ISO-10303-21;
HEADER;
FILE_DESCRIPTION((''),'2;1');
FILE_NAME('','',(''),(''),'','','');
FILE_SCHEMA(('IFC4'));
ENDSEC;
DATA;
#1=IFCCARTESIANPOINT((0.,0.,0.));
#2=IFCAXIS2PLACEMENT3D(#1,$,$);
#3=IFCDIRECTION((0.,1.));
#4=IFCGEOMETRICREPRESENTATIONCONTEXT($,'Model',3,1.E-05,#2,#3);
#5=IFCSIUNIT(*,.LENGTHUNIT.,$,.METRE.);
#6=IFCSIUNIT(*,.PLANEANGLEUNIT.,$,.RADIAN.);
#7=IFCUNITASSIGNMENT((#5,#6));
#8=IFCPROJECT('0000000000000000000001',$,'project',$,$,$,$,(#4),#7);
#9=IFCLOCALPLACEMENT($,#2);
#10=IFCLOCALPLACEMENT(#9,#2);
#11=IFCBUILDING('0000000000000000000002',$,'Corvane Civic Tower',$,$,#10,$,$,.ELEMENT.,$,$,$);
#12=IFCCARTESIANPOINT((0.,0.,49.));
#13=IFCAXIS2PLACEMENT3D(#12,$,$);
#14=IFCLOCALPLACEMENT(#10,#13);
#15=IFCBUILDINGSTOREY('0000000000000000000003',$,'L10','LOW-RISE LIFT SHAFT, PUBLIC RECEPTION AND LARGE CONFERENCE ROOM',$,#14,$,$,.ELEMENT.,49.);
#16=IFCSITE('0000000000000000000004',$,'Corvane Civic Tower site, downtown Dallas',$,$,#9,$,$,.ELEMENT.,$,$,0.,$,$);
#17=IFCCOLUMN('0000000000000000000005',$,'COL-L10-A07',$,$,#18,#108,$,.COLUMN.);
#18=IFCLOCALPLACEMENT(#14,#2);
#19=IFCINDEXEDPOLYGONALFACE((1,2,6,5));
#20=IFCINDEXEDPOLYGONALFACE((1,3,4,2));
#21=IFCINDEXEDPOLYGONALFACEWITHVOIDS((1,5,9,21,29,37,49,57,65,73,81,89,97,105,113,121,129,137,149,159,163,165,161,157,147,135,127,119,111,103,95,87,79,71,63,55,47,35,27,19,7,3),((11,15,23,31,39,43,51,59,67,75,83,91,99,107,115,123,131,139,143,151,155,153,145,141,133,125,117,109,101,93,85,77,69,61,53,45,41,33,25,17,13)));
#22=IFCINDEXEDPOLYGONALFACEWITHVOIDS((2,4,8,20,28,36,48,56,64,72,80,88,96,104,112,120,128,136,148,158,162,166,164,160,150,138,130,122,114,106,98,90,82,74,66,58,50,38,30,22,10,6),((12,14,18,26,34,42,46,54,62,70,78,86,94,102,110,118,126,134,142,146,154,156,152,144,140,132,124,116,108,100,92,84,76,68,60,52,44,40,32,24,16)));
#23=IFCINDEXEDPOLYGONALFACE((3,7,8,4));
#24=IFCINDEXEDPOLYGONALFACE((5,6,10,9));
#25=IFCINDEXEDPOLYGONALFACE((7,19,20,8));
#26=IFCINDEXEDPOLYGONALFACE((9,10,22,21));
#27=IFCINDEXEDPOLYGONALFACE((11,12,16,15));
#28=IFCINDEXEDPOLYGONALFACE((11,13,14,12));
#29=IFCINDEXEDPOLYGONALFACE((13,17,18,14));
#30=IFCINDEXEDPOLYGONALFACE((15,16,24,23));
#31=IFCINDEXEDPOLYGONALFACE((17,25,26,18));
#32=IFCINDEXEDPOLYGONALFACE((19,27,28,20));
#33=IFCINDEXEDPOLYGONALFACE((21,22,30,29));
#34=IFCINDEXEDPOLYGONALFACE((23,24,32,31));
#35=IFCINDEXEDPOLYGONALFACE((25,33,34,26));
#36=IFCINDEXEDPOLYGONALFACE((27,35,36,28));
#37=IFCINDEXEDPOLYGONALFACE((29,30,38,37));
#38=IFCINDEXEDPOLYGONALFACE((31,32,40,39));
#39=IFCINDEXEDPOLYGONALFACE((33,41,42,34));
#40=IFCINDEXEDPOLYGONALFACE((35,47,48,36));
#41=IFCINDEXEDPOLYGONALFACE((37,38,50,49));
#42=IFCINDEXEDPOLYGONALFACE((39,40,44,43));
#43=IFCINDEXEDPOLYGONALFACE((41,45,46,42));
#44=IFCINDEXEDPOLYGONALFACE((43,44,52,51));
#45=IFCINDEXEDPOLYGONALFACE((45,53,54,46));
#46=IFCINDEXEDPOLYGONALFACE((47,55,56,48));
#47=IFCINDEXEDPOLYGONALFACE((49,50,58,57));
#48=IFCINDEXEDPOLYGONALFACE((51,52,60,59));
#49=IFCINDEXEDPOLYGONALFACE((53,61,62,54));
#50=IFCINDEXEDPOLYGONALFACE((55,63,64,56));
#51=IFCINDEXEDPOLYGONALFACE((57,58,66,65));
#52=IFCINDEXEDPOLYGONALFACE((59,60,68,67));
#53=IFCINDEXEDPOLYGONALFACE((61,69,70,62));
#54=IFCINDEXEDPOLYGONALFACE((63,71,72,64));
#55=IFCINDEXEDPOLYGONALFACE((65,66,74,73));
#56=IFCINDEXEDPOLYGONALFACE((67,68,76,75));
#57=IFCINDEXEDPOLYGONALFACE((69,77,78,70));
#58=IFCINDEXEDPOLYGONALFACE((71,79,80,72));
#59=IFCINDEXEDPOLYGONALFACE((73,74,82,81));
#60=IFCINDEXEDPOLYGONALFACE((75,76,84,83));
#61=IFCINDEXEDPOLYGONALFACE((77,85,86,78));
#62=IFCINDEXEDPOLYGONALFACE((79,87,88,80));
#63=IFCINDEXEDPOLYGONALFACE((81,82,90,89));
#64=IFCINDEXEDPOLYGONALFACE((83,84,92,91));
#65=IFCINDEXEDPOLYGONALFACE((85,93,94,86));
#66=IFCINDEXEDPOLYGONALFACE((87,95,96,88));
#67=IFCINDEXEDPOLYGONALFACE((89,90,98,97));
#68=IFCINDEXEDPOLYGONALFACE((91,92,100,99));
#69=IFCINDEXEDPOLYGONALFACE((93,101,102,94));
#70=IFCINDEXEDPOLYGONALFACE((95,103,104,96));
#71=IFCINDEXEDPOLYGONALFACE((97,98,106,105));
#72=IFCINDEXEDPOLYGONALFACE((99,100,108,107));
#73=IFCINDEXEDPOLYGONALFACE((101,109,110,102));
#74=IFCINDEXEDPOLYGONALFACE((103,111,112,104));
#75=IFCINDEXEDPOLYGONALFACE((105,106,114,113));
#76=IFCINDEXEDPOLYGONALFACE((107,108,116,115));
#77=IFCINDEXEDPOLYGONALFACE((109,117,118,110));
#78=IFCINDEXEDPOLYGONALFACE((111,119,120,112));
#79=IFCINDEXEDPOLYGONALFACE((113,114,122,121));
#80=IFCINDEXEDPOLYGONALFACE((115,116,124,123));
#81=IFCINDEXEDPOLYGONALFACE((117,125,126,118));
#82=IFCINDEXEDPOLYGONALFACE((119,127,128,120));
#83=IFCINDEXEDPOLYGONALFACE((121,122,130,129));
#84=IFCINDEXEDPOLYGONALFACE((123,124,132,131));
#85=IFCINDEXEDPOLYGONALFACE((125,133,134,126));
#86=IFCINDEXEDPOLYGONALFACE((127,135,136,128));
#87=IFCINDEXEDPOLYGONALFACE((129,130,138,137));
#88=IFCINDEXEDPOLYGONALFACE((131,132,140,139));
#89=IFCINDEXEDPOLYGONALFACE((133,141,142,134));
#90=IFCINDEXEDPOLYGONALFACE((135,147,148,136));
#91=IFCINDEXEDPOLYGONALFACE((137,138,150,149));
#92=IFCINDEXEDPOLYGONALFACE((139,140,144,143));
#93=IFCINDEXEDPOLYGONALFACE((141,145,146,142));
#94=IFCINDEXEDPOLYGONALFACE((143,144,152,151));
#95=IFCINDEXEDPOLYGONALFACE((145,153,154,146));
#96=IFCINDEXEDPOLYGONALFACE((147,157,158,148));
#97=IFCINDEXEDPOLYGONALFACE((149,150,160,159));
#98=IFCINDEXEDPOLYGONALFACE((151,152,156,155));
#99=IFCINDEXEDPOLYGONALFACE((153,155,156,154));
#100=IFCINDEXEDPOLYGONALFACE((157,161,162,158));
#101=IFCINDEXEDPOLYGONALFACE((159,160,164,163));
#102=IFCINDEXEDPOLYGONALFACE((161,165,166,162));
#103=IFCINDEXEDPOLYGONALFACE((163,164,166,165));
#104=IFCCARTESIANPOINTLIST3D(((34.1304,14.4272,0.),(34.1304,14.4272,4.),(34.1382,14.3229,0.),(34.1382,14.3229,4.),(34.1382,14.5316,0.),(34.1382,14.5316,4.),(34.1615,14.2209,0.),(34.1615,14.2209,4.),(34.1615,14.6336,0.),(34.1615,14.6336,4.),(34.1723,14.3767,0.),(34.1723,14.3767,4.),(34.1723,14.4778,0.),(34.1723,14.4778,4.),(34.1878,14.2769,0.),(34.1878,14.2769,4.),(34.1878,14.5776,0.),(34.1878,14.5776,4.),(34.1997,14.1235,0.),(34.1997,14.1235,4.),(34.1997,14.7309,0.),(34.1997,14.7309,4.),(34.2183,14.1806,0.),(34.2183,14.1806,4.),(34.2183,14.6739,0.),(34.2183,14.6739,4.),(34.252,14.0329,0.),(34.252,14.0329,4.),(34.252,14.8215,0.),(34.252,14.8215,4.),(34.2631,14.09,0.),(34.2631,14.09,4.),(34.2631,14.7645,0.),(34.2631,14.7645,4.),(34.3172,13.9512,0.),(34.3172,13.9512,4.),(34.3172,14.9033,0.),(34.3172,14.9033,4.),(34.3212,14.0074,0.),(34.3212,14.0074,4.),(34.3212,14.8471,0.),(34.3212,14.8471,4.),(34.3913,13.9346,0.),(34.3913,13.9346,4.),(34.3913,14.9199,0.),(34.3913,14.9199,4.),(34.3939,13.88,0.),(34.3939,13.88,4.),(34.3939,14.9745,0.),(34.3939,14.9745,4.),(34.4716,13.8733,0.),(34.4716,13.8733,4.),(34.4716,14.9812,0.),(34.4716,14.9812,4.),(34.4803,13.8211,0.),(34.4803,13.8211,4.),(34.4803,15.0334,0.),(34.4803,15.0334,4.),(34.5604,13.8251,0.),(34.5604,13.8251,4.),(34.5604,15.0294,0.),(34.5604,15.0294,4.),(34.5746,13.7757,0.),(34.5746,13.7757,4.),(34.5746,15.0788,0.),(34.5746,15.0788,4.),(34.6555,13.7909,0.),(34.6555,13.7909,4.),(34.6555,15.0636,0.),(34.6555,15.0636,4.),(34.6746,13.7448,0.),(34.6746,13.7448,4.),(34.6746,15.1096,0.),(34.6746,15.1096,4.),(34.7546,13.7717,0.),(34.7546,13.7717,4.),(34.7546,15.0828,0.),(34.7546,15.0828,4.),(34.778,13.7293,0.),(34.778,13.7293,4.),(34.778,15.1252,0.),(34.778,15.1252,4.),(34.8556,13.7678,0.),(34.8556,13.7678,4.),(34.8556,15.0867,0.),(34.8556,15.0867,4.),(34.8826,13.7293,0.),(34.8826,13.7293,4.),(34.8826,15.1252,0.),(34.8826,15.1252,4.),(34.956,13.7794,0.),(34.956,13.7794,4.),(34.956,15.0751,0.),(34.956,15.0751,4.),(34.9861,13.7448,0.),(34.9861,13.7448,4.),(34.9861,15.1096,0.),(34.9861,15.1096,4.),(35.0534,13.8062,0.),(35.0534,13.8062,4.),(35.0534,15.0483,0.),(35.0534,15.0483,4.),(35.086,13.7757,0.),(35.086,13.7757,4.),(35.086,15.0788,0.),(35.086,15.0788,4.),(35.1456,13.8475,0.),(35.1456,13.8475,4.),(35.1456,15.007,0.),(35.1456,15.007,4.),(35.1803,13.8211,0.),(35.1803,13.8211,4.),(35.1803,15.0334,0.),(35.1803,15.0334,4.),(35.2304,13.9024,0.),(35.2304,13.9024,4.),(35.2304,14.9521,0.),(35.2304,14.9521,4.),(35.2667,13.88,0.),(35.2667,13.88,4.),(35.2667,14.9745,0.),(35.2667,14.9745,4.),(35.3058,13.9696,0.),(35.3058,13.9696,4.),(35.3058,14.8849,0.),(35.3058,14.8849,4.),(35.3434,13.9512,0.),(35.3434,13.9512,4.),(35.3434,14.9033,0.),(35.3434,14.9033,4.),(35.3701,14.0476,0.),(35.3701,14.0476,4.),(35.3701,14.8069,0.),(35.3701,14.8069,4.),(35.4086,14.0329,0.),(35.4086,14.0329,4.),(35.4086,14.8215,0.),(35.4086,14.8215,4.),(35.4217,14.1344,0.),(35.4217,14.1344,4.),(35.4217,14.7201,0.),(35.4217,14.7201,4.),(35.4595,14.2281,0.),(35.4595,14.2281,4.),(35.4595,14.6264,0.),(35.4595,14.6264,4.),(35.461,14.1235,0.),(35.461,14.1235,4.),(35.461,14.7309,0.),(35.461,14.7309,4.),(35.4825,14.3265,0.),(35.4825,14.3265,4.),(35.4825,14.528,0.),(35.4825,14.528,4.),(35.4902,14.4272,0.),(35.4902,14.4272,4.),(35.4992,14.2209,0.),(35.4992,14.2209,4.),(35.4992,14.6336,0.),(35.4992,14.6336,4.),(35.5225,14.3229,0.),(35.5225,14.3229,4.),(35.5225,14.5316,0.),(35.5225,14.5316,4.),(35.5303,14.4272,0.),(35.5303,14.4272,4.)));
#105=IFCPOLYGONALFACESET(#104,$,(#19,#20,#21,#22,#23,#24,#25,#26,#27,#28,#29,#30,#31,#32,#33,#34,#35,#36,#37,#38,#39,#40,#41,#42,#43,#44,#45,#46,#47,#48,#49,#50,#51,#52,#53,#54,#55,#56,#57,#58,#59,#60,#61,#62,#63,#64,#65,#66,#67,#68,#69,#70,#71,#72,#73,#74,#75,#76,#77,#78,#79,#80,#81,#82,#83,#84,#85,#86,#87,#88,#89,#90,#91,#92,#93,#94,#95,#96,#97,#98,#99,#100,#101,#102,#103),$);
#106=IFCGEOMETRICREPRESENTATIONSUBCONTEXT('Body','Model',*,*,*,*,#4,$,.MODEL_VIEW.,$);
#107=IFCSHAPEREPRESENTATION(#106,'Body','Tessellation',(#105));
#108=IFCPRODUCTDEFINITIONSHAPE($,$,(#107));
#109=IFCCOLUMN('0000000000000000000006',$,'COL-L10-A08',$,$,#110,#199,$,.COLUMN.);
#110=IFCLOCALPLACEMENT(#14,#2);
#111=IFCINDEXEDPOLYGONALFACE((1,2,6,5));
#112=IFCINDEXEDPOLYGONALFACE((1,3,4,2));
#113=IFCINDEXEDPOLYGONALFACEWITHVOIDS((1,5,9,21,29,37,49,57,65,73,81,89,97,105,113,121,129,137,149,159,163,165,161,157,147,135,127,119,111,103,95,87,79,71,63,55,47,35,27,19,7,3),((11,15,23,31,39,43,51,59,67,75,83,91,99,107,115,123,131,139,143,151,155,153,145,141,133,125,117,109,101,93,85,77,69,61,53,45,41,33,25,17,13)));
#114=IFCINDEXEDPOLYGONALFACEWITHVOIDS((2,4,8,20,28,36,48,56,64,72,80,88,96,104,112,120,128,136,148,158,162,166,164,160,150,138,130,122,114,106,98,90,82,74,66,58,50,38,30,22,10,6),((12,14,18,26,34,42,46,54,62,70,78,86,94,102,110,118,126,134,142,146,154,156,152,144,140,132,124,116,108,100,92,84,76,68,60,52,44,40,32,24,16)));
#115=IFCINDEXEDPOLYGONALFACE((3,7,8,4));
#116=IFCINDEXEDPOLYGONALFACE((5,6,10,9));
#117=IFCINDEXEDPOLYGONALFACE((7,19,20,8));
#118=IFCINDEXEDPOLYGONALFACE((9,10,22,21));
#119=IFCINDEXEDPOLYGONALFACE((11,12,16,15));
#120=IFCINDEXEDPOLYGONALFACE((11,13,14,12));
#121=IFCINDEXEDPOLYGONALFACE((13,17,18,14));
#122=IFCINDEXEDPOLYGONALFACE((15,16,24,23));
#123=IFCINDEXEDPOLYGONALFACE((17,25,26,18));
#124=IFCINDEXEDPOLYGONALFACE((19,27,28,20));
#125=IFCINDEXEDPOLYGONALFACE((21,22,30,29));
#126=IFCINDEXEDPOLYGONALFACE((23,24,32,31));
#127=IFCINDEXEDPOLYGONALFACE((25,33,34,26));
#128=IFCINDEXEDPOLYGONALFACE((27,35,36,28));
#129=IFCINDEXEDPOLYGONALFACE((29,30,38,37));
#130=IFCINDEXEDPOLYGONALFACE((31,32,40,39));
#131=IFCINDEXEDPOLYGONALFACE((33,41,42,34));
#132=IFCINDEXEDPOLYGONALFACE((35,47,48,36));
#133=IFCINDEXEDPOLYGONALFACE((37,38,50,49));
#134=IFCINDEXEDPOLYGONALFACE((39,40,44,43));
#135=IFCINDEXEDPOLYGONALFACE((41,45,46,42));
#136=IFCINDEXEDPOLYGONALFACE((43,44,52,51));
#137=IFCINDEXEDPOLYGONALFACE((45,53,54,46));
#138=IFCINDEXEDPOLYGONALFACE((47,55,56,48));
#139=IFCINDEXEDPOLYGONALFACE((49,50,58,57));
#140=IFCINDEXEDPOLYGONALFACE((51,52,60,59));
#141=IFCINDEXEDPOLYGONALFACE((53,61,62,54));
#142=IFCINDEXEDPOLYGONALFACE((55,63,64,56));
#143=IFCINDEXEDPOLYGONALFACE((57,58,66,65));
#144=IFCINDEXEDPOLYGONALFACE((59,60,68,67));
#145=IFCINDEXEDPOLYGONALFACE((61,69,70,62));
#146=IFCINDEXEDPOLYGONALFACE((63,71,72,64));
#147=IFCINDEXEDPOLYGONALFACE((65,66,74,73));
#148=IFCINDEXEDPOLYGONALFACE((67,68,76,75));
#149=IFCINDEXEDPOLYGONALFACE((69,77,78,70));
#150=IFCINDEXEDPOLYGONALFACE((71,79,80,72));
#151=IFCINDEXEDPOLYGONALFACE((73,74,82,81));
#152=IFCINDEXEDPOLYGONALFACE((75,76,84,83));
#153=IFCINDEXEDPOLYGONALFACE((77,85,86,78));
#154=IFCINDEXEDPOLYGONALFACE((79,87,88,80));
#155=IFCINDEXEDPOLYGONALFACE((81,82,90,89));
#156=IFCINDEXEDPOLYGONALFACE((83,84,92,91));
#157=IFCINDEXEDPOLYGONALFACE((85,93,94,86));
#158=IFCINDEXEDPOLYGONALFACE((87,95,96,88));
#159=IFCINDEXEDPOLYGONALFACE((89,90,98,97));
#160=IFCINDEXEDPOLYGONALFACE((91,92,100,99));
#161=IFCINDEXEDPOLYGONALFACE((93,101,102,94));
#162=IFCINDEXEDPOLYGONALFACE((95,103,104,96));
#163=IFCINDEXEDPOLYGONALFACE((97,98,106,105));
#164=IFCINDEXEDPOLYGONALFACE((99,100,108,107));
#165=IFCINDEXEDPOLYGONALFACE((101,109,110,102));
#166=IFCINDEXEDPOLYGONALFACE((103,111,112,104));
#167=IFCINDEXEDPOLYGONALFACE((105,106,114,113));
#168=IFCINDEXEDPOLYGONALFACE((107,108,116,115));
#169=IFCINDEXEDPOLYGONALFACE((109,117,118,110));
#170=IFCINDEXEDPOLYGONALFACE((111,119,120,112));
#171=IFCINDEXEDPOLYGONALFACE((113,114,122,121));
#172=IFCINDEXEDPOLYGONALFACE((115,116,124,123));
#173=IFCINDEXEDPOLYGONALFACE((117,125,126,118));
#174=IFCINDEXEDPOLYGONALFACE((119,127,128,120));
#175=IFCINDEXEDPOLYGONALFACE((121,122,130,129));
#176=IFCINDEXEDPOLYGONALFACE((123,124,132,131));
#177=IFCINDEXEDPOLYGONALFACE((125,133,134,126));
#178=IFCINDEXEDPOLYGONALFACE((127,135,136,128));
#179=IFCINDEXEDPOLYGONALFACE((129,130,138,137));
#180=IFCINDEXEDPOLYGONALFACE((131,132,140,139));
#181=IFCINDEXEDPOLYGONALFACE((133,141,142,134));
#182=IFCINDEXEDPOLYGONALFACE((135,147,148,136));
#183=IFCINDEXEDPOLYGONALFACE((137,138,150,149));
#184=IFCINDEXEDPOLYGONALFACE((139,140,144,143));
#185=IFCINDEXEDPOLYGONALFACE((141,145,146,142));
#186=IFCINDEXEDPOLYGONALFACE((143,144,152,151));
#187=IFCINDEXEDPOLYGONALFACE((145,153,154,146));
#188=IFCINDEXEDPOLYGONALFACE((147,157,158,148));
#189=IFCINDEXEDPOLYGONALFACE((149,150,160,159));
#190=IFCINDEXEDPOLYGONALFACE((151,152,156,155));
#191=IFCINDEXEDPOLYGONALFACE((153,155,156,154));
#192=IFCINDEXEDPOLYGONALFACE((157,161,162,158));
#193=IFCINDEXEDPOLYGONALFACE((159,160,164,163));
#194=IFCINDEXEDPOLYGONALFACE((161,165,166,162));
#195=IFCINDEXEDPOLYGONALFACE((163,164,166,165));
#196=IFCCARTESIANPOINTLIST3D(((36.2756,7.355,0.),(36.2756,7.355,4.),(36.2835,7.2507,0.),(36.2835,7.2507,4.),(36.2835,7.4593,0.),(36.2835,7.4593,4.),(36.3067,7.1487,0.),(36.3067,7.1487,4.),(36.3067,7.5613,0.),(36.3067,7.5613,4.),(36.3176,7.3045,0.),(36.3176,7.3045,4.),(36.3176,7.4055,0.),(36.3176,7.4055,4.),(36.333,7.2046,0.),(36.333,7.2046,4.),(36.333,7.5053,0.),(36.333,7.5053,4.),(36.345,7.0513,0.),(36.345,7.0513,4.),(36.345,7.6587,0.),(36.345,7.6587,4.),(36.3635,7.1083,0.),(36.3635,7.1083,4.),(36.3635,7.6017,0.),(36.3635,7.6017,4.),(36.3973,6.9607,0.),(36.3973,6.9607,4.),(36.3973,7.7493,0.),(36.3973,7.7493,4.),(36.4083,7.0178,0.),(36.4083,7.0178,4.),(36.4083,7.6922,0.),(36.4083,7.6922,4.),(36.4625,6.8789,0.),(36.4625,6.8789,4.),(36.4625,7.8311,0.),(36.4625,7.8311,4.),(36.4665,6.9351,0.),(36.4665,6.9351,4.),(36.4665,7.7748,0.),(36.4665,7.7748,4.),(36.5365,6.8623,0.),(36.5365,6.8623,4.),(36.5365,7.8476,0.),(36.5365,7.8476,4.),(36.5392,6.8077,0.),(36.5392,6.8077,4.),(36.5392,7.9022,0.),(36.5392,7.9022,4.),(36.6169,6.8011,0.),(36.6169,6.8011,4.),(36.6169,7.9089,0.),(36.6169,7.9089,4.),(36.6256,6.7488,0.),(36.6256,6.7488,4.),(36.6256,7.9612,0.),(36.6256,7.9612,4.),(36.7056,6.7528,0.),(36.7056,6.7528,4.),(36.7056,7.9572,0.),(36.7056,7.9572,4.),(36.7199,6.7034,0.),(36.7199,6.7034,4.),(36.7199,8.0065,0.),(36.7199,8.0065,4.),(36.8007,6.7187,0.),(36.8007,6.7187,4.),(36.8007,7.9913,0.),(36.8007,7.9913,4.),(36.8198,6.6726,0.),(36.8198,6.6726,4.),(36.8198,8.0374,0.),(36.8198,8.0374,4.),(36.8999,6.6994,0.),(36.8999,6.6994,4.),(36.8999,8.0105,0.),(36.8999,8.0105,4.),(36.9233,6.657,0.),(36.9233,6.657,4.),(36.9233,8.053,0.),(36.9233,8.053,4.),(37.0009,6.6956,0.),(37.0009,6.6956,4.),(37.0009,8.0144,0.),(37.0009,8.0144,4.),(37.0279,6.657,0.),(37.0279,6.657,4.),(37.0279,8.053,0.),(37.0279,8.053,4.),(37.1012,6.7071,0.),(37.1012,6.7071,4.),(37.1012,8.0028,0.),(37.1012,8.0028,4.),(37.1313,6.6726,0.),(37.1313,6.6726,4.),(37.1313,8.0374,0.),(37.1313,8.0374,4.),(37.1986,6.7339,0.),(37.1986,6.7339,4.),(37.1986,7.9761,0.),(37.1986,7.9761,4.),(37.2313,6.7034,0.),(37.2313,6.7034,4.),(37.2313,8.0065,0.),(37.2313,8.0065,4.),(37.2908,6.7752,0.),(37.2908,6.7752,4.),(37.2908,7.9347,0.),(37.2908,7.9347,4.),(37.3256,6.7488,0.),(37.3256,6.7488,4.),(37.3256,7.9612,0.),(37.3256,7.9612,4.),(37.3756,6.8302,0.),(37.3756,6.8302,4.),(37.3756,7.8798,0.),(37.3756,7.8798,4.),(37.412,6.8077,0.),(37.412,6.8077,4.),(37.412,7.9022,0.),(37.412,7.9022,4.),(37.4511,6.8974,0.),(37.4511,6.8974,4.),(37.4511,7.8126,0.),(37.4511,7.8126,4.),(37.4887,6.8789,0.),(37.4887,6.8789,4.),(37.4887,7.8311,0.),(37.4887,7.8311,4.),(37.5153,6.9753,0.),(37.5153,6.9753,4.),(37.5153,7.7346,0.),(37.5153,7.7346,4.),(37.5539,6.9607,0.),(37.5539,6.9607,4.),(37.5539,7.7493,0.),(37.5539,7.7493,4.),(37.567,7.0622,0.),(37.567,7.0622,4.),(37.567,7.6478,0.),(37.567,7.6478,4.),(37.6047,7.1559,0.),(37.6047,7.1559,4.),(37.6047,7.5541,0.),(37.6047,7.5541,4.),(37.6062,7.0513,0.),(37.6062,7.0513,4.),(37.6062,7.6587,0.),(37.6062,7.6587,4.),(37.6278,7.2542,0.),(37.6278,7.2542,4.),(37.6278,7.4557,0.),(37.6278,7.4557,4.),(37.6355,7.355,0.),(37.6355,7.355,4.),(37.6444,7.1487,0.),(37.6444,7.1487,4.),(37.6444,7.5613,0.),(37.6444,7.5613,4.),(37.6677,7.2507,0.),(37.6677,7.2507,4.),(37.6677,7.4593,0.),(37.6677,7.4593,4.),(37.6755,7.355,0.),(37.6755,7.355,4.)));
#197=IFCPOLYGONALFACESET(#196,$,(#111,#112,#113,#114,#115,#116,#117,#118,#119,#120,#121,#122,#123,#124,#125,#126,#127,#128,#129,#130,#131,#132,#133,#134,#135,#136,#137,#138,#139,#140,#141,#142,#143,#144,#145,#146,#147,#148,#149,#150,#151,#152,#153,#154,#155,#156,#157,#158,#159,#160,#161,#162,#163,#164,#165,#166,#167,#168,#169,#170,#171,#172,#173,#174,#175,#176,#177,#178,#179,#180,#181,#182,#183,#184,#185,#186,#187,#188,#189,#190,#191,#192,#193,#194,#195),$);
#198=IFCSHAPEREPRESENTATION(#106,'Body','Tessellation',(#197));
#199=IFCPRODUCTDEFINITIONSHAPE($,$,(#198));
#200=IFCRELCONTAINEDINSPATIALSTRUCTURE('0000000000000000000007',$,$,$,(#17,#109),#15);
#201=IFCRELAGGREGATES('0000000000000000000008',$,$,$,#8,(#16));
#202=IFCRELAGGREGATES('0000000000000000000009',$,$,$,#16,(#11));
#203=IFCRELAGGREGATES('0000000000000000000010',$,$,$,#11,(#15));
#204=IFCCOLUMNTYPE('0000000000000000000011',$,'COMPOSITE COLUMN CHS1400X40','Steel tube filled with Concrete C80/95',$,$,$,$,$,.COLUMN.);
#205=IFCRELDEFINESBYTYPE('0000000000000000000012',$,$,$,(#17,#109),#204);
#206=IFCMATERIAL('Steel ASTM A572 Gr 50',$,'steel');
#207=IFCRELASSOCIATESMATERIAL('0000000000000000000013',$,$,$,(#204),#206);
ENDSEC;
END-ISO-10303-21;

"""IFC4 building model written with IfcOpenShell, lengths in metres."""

from ifc_helpers import new_model, si_unit, direction, frame, origin, origin_2d, place, context, subcontext, project, spatial, hollow_circle, extrude, material, material_profile, profile_set, type_object, element, save


model = new_model("IFC4")

# Units and contexts
model_context = context("Model", 3, precision=1e-05, world=origin(), true_north=direction((0.0, 1.0)))
body_context = subcontext(model_context, "Body", "Model", "MODEL_VIEW")
ifc_project = project(units=[si_unit("LENGTHUNIT", "METRE"), si_unit("PLANEANGLEUNIT", "RADIAN")], contexts=[model_context])

# Site, building, storey
site_placement = place(None, origin())
site = spatial("IfcSite", under=ifc_project, at=site_placement, Name="Corvane Civic Tower site, downtown Dallas", CompositionType="ELEMENT", RefElevation=0.0)
building_placement = place(site_placement, origin())
building = spatial("IfcBuilding", under=site, at=building_placement, Name="Corvane Civic Tower", CompositionType="ELEMENT")
storey_placement = place(building_placement, frame((0.0, 0.0, 49.0)))
storey = spatial("IfcBuildingStorey", under=building, at=storey_placement, Name="L10", Description="LOW-RISE LIFT SHAFT, PUBLIC RECEPTION AND LARGE CONFERENCE ROOM", CompositionType="ELEMENT", Elevation=49.0)

# Columns
ifc_material_1 = material(Name="Steel ASTM A572 Gr 50", Category="steel")
ifc_material_profile_1 = material_profile(ifc_material_1, hollow_circle(Radius=0.7, WallThickness=0.04, at=origin_2d()), Name="CHS1400X40")
ifc_profile_set_1 = profile_set([ifc_material_profile_1], Name="Steel ASTM A572 Gr 50")
column_type = type_object("IfcColumnType", Name="COMPOSITE COLUMN CHS1400X40", Description="Steel tube filled with Concrete C80/95", PredefinedType="COLUMN", material=ifc_profile_set_1)
for number, where, z_axis, x_axis, name in (
    (1, (34.8303, 14.4272, 0.0), (0.0, 0.0, 1.0), (1.0, 0.0, 0.0), "COL-L10-A07"),
    (2, (36.9756, 7.355, 0.0), (0.0, 0.0, 1.0), (1.0, 0.0, 0.0), "COL-L10-A08"),
):
    element("IfcColumn", number, at=place(storey_placement, frame(where, z_axis=z_axis, x_axis=x_axis)), inside=storey, type_object=column_type, Name=name, PredefinedType="COLUMN", context=body_context, shape_type="SweptSolid", body=[
        extrude(hollow_circle(Radius=0.7, WallThickness=0.04, at=origin_2d()), origin(), (0.0, 0.0, 1.0), 4.0),
    ])

save(model, "model.ifc")
